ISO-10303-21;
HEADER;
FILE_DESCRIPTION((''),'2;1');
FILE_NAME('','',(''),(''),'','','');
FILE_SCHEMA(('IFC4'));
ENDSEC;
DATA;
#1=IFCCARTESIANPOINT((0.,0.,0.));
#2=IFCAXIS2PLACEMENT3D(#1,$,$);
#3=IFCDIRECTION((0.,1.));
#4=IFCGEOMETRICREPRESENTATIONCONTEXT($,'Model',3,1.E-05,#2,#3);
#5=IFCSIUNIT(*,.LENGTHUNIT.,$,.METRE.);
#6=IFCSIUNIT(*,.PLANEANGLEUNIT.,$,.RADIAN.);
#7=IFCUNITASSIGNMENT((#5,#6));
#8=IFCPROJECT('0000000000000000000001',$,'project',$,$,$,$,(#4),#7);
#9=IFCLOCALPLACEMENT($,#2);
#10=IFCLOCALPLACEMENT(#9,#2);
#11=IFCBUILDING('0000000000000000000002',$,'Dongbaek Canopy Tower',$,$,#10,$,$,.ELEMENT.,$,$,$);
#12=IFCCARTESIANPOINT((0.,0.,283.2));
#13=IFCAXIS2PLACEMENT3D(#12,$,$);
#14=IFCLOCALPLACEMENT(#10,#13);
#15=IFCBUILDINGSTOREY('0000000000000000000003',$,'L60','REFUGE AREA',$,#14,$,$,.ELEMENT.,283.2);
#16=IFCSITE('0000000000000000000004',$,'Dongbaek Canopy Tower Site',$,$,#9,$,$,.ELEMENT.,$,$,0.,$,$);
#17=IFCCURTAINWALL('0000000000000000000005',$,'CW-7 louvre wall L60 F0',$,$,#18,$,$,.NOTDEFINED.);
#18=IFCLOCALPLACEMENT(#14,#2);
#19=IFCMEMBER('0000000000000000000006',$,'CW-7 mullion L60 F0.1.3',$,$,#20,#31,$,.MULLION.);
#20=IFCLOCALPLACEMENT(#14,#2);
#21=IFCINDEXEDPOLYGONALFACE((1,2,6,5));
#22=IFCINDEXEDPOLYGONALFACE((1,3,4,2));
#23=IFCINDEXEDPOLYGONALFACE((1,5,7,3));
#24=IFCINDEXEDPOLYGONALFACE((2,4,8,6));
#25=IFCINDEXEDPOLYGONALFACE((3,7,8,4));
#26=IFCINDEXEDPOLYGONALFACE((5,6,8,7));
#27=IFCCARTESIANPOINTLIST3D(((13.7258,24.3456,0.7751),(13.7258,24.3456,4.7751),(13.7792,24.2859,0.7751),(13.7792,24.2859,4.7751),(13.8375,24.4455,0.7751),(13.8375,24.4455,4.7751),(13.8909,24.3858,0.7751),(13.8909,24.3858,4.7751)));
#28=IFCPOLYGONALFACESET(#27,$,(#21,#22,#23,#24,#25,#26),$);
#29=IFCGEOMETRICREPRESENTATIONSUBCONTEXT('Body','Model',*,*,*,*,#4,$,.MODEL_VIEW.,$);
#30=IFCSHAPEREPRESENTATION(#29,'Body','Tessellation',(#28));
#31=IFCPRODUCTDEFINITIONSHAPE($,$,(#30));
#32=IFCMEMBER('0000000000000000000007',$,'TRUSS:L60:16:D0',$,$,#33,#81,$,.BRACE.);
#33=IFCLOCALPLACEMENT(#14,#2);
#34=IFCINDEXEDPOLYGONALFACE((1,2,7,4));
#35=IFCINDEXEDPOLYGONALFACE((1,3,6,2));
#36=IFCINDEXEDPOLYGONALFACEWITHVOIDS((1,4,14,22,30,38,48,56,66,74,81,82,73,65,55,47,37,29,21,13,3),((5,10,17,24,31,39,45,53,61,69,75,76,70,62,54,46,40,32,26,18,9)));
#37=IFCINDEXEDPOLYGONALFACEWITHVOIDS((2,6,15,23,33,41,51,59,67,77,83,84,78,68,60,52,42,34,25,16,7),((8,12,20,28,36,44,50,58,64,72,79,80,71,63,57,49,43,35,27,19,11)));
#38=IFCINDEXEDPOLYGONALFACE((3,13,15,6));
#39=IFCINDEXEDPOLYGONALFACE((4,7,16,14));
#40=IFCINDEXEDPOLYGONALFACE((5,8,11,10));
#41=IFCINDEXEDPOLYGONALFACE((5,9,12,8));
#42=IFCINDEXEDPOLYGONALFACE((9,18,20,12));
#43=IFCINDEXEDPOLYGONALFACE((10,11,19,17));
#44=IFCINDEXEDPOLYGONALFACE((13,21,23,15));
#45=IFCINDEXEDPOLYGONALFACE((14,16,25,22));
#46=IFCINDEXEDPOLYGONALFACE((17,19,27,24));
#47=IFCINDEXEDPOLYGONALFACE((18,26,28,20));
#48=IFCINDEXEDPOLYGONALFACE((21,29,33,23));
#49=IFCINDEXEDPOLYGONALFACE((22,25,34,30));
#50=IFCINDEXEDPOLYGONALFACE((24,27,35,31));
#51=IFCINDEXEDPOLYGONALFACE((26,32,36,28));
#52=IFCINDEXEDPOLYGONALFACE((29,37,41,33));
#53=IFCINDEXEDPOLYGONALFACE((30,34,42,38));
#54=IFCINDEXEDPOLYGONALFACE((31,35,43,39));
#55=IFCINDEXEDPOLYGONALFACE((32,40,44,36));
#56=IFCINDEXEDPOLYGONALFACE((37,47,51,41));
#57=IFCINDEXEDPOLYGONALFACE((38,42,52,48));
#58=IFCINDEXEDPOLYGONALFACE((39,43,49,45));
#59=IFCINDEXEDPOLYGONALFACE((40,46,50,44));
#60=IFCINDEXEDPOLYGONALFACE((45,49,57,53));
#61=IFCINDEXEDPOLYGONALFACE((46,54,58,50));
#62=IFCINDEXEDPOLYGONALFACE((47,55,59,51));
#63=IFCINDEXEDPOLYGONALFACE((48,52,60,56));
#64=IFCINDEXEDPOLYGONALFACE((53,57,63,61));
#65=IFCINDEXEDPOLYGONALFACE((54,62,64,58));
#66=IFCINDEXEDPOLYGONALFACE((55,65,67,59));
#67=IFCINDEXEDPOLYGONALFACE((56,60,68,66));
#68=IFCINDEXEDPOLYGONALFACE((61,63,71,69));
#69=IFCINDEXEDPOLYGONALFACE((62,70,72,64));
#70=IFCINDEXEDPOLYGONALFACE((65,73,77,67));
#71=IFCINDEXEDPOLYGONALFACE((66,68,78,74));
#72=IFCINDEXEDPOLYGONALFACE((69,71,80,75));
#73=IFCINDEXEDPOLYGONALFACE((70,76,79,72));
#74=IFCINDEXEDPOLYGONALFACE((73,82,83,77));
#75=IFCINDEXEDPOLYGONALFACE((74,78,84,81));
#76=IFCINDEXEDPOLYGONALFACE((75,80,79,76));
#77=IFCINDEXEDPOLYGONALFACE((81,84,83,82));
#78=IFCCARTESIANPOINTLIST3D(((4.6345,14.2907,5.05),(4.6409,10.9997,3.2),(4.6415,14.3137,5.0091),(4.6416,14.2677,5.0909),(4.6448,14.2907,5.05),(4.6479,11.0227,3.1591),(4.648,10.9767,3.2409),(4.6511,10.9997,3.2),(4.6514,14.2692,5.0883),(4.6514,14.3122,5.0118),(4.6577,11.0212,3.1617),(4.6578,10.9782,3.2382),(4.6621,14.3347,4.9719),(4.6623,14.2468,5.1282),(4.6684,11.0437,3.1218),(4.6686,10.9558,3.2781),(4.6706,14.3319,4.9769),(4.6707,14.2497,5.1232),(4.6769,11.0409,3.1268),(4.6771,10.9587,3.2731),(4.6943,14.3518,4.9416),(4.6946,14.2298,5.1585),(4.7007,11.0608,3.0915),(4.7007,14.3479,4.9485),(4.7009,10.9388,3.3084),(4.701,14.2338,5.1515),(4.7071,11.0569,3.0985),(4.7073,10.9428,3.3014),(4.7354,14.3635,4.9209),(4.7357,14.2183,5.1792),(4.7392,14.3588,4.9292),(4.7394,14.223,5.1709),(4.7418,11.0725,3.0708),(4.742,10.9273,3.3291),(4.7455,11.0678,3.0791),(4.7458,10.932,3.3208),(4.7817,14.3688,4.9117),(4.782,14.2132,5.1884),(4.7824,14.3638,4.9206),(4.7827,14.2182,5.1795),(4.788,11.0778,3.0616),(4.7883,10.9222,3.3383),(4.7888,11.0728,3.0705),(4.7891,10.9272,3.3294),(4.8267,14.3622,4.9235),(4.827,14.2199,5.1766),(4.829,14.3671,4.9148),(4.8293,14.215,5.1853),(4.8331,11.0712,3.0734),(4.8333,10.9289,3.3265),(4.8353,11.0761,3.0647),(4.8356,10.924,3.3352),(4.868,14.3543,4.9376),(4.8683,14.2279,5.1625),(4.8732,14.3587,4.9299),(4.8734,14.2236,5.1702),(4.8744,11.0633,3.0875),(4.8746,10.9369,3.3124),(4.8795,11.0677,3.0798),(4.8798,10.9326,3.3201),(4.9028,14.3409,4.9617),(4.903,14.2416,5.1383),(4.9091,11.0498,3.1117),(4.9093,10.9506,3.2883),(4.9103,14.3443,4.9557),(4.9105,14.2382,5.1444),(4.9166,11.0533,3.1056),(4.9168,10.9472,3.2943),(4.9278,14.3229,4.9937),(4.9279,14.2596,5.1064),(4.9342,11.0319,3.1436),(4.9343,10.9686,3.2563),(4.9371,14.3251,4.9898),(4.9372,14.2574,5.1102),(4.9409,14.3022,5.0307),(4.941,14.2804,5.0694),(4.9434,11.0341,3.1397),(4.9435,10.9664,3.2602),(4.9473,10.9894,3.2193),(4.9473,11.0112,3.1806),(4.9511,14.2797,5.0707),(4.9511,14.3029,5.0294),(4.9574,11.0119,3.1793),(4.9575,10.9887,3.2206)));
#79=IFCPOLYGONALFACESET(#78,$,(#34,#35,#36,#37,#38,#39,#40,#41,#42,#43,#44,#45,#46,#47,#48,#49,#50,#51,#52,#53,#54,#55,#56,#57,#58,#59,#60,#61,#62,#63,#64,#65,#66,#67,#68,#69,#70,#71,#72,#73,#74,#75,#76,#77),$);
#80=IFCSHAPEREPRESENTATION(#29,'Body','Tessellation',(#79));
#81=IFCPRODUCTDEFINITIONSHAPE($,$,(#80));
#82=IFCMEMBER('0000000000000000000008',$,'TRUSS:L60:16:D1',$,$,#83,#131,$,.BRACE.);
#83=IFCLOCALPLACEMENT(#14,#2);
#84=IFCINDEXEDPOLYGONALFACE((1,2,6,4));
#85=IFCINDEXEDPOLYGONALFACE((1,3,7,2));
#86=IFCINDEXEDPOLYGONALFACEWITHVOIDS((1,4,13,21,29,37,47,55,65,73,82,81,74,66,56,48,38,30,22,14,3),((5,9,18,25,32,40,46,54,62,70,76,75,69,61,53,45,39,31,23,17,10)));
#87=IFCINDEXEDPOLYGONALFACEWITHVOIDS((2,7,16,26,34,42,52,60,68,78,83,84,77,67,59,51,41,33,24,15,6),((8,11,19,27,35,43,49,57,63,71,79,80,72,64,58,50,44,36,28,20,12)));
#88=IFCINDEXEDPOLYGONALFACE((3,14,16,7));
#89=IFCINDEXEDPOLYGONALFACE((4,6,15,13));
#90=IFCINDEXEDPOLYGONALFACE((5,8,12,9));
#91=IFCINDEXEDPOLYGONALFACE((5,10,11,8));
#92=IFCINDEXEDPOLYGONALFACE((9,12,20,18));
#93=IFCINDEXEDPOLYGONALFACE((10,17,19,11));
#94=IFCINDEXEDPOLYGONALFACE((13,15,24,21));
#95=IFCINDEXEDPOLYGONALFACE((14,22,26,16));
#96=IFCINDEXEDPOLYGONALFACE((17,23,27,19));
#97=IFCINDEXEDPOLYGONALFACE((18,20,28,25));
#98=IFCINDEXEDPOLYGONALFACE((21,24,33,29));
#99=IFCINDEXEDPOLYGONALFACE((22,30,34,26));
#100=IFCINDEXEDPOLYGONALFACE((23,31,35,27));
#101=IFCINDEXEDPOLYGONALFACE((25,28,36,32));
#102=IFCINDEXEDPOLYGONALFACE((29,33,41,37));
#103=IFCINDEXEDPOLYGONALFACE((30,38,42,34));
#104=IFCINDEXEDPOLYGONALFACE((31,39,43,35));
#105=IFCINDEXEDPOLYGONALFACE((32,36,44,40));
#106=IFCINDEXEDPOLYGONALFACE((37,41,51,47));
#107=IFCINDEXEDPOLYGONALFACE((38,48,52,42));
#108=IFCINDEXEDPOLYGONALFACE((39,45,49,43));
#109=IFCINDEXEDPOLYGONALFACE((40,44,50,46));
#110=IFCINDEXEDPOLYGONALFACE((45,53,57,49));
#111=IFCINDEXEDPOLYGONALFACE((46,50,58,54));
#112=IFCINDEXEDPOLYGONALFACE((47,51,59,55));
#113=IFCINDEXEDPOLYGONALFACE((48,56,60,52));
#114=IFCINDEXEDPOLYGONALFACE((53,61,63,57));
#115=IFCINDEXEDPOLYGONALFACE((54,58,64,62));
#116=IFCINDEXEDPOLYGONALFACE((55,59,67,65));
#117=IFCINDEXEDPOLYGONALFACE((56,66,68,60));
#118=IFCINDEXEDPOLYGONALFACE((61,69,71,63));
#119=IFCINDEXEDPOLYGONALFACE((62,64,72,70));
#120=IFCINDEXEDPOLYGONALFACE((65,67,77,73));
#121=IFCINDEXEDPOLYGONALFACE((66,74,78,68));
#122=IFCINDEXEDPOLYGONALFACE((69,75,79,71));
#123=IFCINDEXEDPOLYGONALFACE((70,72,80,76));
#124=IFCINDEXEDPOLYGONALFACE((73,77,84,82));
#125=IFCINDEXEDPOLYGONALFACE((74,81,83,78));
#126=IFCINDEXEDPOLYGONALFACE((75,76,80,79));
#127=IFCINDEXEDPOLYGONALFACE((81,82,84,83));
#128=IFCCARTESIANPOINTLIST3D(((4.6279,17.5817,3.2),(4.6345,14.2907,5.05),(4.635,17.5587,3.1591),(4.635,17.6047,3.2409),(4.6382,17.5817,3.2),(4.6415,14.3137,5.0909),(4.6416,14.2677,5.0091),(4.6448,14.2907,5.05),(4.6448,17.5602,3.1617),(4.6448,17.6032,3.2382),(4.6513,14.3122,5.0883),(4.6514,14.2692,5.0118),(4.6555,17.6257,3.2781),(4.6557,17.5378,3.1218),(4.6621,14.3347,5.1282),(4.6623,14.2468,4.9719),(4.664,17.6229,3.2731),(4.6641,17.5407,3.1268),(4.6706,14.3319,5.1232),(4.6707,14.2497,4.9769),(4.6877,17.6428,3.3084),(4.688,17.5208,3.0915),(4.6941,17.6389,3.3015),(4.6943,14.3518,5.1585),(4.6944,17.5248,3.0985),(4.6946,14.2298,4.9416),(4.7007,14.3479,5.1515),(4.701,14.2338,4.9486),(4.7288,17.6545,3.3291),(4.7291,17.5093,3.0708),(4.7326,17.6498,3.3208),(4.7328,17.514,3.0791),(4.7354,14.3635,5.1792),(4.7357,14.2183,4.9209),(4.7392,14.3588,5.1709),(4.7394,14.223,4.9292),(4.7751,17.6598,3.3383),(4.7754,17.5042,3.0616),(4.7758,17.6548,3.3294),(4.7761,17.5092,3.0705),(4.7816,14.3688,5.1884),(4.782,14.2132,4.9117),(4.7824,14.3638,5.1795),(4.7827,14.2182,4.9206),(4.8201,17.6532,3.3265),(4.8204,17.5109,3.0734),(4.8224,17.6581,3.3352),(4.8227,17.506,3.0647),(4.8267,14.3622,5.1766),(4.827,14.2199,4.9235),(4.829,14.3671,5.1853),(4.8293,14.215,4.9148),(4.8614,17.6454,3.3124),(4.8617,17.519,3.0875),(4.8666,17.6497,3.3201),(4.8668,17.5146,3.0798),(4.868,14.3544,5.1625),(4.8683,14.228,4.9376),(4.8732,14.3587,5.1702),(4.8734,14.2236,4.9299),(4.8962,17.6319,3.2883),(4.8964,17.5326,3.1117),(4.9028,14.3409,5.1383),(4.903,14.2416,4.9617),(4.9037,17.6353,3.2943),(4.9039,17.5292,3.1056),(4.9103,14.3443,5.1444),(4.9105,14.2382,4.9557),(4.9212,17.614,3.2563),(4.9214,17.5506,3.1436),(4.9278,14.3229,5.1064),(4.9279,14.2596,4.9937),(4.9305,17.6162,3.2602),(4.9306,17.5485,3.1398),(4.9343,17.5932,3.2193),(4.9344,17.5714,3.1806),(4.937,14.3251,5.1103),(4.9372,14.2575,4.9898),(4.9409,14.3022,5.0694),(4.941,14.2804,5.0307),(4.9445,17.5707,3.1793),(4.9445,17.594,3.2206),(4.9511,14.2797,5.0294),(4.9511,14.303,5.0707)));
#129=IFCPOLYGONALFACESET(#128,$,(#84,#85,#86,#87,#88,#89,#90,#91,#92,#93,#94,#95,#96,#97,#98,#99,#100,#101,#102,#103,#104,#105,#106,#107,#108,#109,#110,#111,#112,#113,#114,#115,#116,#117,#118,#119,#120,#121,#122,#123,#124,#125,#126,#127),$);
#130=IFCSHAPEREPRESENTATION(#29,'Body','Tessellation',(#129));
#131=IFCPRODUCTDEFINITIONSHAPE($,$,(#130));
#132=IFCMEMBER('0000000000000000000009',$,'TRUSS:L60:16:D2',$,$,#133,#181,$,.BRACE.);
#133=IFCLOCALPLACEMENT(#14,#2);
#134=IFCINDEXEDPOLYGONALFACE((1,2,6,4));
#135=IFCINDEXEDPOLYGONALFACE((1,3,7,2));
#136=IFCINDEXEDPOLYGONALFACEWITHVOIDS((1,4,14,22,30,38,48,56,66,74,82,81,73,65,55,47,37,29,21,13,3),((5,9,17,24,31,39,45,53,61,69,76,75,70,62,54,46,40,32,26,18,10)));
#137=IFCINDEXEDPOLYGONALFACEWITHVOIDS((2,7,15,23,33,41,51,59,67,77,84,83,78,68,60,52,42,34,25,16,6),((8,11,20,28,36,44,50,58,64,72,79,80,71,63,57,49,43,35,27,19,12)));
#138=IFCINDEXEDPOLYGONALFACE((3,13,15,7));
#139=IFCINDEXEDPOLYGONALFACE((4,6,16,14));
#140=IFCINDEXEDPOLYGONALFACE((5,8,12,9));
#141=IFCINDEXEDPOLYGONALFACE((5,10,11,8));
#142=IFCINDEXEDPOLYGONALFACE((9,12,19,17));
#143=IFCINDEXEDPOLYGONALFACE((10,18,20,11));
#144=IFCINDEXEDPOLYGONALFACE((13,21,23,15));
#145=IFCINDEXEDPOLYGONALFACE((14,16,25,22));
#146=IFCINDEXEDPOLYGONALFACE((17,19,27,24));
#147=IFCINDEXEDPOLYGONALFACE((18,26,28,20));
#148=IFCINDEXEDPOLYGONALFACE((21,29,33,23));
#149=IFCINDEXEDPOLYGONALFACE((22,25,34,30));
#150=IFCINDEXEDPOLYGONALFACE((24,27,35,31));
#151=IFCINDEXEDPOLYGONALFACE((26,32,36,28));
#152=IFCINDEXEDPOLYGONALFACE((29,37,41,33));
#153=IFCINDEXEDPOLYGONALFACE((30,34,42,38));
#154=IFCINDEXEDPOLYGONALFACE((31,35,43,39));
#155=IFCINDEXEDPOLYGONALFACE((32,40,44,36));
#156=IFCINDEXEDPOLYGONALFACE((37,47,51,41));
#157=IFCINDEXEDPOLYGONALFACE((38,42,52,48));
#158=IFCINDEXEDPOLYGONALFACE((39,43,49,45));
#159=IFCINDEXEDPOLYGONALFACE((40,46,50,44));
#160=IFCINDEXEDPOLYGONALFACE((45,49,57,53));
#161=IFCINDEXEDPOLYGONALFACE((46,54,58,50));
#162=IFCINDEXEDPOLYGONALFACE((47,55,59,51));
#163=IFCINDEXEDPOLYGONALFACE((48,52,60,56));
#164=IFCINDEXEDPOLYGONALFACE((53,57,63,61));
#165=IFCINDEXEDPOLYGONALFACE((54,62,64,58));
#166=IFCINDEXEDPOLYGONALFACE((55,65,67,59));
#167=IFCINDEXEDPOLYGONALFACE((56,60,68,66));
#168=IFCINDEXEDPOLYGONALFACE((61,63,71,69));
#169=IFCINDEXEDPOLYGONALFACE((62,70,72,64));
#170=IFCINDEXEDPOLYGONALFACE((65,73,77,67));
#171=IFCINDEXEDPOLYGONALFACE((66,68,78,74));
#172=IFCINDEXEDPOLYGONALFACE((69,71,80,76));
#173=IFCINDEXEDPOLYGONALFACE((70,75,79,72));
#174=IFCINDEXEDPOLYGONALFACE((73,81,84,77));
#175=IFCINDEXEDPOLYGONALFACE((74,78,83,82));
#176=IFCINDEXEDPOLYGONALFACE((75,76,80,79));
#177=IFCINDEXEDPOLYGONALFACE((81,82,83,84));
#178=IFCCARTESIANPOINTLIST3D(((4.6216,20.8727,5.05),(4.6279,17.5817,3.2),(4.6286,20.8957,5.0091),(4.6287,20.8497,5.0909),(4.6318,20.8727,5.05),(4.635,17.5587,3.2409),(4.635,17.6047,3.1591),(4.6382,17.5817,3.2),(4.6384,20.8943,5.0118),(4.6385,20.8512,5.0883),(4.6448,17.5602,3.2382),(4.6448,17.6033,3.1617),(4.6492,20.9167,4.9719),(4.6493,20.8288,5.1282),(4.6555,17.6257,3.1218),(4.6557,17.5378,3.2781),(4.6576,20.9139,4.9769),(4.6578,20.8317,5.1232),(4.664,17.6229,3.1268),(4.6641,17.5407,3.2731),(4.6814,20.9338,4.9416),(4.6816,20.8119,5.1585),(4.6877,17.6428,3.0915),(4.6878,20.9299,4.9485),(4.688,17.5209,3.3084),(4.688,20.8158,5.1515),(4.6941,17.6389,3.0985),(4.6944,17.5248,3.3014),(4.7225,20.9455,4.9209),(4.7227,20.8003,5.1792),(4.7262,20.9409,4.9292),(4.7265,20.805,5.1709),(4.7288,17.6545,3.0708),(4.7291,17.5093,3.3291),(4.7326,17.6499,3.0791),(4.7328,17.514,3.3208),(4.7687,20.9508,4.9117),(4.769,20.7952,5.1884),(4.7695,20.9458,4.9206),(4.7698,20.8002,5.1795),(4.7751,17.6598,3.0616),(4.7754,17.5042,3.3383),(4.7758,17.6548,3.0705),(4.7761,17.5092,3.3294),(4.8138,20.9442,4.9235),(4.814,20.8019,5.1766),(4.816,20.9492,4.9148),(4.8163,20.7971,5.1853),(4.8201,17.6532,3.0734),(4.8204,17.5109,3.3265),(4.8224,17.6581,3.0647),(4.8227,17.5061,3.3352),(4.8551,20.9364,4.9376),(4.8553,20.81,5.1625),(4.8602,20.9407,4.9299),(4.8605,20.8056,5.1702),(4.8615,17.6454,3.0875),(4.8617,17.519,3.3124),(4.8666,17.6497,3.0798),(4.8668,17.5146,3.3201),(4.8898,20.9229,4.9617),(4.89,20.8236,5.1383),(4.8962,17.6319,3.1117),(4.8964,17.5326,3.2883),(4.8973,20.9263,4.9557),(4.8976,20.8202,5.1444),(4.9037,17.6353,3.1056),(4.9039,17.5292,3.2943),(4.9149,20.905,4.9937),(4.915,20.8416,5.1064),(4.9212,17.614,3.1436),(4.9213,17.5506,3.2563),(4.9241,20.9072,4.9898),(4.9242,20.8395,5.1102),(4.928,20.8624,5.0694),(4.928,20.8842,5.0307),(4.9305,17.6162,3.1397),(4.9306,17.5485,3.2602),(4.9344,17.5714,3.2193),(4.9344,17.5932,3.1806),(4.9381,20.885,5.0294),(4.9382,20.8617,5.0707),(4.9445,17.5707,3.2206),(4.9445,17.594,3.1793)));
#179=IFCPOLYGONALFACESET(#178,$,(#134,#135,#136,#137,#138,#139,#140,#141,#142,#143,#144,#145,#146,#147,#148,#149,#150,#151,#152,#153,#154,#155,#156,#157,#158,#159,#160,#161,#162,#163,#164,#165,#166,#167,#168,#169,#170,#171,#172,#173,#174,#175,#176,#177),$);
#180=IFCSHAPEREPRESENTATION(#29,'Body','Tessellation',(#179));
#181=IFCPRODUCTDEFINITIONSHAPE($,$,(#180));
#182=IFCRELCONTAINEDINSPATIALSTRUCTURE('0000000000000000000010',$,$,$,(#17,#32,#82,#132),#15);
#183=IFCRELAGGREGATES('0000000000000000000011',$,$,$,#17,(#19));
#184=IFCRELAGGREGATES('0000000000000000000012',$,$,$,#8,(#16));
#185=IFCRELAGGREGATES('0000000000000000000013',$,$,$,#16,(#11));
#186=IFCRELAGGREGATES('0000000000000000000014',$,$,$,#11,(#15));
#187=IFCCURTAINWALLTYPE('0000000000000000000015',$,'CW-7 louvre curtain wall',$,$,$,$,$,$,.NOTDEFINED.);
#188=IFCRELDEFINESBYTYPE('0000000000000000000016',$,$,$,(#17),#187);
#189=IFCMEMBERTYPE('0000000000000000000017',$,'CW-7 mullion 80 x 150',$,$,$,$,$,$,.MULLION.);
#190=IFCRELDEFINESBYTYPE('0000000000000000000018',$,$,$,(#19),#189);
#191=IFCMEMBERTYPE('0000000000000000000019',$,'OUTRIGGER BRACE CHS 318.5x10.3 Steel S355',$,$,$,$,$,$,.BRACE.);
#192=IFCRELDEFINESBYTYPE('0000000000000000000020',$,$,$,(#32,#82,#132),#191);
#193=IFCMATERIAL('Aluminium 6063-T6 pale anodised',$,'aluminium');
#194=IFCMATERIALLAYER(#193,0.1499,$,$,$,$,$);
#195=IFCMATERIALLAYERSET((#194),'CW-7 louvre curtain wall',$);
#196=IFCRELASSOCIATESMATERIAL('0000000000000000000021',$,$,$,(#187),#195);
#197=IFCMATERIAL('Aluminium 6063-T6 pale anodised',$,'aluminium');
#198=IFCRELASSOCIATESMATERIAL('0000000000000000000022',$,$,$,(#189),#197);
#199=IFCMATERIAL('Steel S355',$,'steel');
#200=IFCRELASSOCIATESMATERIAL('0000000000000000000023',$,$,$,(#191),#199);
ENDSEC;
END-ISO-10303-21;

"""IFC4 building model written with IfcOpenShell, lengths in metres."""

from ifc_helpers import new_model, si_unit, direction, frame, origin, origin_2d, place, context, subcontext, project, spatial, rectangle, hollow_circle, extrude, material, layer, layer_set, material_profile, profile_set, type_object, element, aggregate, save


model = new_model("IFC4")

# Units and contexts
model_context = context("Model", 3, precision=1e-05, world=origin(), true_north=direction((0.0, 1.0)))
body_context = subcontext(model_context, "Body", "Model", "MODEL_VIEW")
ifc_project = project(units=[si_unit("LENGTHUNIT", "METRE"), si_unit("PLANEANGLEUNIT", "RADIAN")], contexts=[model_context])

# Site, building, storey
site_placement = place(None, origin())
site = spatial("IfcSite", under=ifc_project, at=site_placement, Name="Dongbaek Canopy Tower Site", CompositionType="ELEMENT", RefElevation=0.0)
building_placement = place(site_placement, origin())
building = spatial("IfcBuilding", under=site, at=building_placement, Name="Dongbaek Canopy Tower", CompositionType="ELEMENT")
storey_placement = place(building_placement, frame((0.0, 0.0, 283.2)))
storey = spatial("IfcBuildingStorey", under=building, at=storey_placement, Name="L60", Description="REFUGE AREA", CompositionType="ELEMENT", Elevation=283.2)

# Curtain wall, member
ifc_material_1 = material(Name="Aluminium 6063-T6 pale anodised", Category="aluminium")
ifc_layer_1 = layer(ifc_material_1, 0.1499)
ifc_layer_set_1 = layer_set([ifc_layer_1], Name="CW-7 louvre curtain wall")
curtain_wall_type = type_object("IfcCurtainWallType", Name="CW-7 louvre curtain wall", PredefinedType="NOTDEFINED", material=ifc_layer_set_1)
curtain_wall_placement = place(storey_placement, origin())
curtain_wall = element("IfcCurtainWall", 1, at=curtain_wall_placement, inside=storey, type_object=curtain_wall_type, Name="CW-7 louvre wall L60 F0", PredefinedType="NOTDEFINED")
ifc_material_2 = material(Name="Aluminium 6063-T6 pale anodised", Category="aluminium")
ifc_material_profile_1 = material_profile(ifc_material_2, rectangle(XDim=0.1499, YDim=0.0801, at=origin_2d()), Name="CW-7 mullion 80 x 150")
ifc_profile_set_1 = profile_set([ifc_material_profile_1], Name="Aluminium 6063-T6 pale anodised")
member_type_1 = type_object("IfcMemberType", Name="CW-7 mullion 80 x 150", PredefinedType="MULLION", material=ifc_profile_set_1)
member_1_placement = place(storey_placement, frame((13.8083, 24.3657, 0.7751), z_axis=(0.0, 0.0, 1.0), x_axis=(0.745349, 0.666674, 0.0)))
member_1 = element("IfcMember", 2, at=member_1_placement, type_object=member_type_1, Name="CW-7 mullion L60 F0.1.3", PredefinedType="MULLION", context=body_context, shape_type="SweptSolid", body=[
    extrude(rectangle(XDim=0.1499, YDim=0.0801, at=origin_2d()), origin(), (0.0, 0.0, 1.0), 4.0),
])
aggregate(curtain_wall, [member_1])

# Members
ifc_material_3 = material(Name="Steel S355", Category="steel")
ifc_material_profile_2 = material_profile(ifc_material_3, hollow_circle(Radius=0.1592, WallThickness=0.0103, at=origin_2d()), Name="OUTRIGGER BRACE CHS 318.5x10.3 Steel S355")
ifc_profile_set_2 = profile_set([ifc_material_profile_2], Name="Steel S355")
member_type_2 = type_object("IfcMemberType", Name="OUTRIGGER BRACE CHS 318.5x10.3 Steel S355", PredefinedType="BRACE", material=ifc_profile_set_2)
for number, where, z_axis, x_axis, name in (
    (3, (4.8, 11.0, 3.2), (-0.001681, 0.871699, 0.490039), (-0.999998, -0.001929, 0.0), "TRUSS:L60:16:D0"),
    (4, (4.7937, 14.291, 5.05), (-0.001746, 0.871699, -0.490039), (-0.999998, -0.002003, 0.0), "TRUSS:L60:16:D1"),
    (5, (4.7871, 17.582, 3.2), (-0.001681, 0.871699, 0.490039), (-0.999998, -0.001929, 0.0), "TRUSS:L60:16:D2"),
):
    element("IfcMember", number, at=place(storey_placement, frame(where, z_axis=z_axis, x_axis=x_axis)), inside=storey, type_object=member_type_2, Name=name, PredefinedType="BRACE", context=body_context, shape_type="SweptSolid", body=[
        extrude(hollow_circle(Radius=0.1592, WallThickness=0.0103, at=origin_2d()), origin(), (0.0, 0.0, 1.0), 3.7754),
    ])

save(model, "model.ifc")
